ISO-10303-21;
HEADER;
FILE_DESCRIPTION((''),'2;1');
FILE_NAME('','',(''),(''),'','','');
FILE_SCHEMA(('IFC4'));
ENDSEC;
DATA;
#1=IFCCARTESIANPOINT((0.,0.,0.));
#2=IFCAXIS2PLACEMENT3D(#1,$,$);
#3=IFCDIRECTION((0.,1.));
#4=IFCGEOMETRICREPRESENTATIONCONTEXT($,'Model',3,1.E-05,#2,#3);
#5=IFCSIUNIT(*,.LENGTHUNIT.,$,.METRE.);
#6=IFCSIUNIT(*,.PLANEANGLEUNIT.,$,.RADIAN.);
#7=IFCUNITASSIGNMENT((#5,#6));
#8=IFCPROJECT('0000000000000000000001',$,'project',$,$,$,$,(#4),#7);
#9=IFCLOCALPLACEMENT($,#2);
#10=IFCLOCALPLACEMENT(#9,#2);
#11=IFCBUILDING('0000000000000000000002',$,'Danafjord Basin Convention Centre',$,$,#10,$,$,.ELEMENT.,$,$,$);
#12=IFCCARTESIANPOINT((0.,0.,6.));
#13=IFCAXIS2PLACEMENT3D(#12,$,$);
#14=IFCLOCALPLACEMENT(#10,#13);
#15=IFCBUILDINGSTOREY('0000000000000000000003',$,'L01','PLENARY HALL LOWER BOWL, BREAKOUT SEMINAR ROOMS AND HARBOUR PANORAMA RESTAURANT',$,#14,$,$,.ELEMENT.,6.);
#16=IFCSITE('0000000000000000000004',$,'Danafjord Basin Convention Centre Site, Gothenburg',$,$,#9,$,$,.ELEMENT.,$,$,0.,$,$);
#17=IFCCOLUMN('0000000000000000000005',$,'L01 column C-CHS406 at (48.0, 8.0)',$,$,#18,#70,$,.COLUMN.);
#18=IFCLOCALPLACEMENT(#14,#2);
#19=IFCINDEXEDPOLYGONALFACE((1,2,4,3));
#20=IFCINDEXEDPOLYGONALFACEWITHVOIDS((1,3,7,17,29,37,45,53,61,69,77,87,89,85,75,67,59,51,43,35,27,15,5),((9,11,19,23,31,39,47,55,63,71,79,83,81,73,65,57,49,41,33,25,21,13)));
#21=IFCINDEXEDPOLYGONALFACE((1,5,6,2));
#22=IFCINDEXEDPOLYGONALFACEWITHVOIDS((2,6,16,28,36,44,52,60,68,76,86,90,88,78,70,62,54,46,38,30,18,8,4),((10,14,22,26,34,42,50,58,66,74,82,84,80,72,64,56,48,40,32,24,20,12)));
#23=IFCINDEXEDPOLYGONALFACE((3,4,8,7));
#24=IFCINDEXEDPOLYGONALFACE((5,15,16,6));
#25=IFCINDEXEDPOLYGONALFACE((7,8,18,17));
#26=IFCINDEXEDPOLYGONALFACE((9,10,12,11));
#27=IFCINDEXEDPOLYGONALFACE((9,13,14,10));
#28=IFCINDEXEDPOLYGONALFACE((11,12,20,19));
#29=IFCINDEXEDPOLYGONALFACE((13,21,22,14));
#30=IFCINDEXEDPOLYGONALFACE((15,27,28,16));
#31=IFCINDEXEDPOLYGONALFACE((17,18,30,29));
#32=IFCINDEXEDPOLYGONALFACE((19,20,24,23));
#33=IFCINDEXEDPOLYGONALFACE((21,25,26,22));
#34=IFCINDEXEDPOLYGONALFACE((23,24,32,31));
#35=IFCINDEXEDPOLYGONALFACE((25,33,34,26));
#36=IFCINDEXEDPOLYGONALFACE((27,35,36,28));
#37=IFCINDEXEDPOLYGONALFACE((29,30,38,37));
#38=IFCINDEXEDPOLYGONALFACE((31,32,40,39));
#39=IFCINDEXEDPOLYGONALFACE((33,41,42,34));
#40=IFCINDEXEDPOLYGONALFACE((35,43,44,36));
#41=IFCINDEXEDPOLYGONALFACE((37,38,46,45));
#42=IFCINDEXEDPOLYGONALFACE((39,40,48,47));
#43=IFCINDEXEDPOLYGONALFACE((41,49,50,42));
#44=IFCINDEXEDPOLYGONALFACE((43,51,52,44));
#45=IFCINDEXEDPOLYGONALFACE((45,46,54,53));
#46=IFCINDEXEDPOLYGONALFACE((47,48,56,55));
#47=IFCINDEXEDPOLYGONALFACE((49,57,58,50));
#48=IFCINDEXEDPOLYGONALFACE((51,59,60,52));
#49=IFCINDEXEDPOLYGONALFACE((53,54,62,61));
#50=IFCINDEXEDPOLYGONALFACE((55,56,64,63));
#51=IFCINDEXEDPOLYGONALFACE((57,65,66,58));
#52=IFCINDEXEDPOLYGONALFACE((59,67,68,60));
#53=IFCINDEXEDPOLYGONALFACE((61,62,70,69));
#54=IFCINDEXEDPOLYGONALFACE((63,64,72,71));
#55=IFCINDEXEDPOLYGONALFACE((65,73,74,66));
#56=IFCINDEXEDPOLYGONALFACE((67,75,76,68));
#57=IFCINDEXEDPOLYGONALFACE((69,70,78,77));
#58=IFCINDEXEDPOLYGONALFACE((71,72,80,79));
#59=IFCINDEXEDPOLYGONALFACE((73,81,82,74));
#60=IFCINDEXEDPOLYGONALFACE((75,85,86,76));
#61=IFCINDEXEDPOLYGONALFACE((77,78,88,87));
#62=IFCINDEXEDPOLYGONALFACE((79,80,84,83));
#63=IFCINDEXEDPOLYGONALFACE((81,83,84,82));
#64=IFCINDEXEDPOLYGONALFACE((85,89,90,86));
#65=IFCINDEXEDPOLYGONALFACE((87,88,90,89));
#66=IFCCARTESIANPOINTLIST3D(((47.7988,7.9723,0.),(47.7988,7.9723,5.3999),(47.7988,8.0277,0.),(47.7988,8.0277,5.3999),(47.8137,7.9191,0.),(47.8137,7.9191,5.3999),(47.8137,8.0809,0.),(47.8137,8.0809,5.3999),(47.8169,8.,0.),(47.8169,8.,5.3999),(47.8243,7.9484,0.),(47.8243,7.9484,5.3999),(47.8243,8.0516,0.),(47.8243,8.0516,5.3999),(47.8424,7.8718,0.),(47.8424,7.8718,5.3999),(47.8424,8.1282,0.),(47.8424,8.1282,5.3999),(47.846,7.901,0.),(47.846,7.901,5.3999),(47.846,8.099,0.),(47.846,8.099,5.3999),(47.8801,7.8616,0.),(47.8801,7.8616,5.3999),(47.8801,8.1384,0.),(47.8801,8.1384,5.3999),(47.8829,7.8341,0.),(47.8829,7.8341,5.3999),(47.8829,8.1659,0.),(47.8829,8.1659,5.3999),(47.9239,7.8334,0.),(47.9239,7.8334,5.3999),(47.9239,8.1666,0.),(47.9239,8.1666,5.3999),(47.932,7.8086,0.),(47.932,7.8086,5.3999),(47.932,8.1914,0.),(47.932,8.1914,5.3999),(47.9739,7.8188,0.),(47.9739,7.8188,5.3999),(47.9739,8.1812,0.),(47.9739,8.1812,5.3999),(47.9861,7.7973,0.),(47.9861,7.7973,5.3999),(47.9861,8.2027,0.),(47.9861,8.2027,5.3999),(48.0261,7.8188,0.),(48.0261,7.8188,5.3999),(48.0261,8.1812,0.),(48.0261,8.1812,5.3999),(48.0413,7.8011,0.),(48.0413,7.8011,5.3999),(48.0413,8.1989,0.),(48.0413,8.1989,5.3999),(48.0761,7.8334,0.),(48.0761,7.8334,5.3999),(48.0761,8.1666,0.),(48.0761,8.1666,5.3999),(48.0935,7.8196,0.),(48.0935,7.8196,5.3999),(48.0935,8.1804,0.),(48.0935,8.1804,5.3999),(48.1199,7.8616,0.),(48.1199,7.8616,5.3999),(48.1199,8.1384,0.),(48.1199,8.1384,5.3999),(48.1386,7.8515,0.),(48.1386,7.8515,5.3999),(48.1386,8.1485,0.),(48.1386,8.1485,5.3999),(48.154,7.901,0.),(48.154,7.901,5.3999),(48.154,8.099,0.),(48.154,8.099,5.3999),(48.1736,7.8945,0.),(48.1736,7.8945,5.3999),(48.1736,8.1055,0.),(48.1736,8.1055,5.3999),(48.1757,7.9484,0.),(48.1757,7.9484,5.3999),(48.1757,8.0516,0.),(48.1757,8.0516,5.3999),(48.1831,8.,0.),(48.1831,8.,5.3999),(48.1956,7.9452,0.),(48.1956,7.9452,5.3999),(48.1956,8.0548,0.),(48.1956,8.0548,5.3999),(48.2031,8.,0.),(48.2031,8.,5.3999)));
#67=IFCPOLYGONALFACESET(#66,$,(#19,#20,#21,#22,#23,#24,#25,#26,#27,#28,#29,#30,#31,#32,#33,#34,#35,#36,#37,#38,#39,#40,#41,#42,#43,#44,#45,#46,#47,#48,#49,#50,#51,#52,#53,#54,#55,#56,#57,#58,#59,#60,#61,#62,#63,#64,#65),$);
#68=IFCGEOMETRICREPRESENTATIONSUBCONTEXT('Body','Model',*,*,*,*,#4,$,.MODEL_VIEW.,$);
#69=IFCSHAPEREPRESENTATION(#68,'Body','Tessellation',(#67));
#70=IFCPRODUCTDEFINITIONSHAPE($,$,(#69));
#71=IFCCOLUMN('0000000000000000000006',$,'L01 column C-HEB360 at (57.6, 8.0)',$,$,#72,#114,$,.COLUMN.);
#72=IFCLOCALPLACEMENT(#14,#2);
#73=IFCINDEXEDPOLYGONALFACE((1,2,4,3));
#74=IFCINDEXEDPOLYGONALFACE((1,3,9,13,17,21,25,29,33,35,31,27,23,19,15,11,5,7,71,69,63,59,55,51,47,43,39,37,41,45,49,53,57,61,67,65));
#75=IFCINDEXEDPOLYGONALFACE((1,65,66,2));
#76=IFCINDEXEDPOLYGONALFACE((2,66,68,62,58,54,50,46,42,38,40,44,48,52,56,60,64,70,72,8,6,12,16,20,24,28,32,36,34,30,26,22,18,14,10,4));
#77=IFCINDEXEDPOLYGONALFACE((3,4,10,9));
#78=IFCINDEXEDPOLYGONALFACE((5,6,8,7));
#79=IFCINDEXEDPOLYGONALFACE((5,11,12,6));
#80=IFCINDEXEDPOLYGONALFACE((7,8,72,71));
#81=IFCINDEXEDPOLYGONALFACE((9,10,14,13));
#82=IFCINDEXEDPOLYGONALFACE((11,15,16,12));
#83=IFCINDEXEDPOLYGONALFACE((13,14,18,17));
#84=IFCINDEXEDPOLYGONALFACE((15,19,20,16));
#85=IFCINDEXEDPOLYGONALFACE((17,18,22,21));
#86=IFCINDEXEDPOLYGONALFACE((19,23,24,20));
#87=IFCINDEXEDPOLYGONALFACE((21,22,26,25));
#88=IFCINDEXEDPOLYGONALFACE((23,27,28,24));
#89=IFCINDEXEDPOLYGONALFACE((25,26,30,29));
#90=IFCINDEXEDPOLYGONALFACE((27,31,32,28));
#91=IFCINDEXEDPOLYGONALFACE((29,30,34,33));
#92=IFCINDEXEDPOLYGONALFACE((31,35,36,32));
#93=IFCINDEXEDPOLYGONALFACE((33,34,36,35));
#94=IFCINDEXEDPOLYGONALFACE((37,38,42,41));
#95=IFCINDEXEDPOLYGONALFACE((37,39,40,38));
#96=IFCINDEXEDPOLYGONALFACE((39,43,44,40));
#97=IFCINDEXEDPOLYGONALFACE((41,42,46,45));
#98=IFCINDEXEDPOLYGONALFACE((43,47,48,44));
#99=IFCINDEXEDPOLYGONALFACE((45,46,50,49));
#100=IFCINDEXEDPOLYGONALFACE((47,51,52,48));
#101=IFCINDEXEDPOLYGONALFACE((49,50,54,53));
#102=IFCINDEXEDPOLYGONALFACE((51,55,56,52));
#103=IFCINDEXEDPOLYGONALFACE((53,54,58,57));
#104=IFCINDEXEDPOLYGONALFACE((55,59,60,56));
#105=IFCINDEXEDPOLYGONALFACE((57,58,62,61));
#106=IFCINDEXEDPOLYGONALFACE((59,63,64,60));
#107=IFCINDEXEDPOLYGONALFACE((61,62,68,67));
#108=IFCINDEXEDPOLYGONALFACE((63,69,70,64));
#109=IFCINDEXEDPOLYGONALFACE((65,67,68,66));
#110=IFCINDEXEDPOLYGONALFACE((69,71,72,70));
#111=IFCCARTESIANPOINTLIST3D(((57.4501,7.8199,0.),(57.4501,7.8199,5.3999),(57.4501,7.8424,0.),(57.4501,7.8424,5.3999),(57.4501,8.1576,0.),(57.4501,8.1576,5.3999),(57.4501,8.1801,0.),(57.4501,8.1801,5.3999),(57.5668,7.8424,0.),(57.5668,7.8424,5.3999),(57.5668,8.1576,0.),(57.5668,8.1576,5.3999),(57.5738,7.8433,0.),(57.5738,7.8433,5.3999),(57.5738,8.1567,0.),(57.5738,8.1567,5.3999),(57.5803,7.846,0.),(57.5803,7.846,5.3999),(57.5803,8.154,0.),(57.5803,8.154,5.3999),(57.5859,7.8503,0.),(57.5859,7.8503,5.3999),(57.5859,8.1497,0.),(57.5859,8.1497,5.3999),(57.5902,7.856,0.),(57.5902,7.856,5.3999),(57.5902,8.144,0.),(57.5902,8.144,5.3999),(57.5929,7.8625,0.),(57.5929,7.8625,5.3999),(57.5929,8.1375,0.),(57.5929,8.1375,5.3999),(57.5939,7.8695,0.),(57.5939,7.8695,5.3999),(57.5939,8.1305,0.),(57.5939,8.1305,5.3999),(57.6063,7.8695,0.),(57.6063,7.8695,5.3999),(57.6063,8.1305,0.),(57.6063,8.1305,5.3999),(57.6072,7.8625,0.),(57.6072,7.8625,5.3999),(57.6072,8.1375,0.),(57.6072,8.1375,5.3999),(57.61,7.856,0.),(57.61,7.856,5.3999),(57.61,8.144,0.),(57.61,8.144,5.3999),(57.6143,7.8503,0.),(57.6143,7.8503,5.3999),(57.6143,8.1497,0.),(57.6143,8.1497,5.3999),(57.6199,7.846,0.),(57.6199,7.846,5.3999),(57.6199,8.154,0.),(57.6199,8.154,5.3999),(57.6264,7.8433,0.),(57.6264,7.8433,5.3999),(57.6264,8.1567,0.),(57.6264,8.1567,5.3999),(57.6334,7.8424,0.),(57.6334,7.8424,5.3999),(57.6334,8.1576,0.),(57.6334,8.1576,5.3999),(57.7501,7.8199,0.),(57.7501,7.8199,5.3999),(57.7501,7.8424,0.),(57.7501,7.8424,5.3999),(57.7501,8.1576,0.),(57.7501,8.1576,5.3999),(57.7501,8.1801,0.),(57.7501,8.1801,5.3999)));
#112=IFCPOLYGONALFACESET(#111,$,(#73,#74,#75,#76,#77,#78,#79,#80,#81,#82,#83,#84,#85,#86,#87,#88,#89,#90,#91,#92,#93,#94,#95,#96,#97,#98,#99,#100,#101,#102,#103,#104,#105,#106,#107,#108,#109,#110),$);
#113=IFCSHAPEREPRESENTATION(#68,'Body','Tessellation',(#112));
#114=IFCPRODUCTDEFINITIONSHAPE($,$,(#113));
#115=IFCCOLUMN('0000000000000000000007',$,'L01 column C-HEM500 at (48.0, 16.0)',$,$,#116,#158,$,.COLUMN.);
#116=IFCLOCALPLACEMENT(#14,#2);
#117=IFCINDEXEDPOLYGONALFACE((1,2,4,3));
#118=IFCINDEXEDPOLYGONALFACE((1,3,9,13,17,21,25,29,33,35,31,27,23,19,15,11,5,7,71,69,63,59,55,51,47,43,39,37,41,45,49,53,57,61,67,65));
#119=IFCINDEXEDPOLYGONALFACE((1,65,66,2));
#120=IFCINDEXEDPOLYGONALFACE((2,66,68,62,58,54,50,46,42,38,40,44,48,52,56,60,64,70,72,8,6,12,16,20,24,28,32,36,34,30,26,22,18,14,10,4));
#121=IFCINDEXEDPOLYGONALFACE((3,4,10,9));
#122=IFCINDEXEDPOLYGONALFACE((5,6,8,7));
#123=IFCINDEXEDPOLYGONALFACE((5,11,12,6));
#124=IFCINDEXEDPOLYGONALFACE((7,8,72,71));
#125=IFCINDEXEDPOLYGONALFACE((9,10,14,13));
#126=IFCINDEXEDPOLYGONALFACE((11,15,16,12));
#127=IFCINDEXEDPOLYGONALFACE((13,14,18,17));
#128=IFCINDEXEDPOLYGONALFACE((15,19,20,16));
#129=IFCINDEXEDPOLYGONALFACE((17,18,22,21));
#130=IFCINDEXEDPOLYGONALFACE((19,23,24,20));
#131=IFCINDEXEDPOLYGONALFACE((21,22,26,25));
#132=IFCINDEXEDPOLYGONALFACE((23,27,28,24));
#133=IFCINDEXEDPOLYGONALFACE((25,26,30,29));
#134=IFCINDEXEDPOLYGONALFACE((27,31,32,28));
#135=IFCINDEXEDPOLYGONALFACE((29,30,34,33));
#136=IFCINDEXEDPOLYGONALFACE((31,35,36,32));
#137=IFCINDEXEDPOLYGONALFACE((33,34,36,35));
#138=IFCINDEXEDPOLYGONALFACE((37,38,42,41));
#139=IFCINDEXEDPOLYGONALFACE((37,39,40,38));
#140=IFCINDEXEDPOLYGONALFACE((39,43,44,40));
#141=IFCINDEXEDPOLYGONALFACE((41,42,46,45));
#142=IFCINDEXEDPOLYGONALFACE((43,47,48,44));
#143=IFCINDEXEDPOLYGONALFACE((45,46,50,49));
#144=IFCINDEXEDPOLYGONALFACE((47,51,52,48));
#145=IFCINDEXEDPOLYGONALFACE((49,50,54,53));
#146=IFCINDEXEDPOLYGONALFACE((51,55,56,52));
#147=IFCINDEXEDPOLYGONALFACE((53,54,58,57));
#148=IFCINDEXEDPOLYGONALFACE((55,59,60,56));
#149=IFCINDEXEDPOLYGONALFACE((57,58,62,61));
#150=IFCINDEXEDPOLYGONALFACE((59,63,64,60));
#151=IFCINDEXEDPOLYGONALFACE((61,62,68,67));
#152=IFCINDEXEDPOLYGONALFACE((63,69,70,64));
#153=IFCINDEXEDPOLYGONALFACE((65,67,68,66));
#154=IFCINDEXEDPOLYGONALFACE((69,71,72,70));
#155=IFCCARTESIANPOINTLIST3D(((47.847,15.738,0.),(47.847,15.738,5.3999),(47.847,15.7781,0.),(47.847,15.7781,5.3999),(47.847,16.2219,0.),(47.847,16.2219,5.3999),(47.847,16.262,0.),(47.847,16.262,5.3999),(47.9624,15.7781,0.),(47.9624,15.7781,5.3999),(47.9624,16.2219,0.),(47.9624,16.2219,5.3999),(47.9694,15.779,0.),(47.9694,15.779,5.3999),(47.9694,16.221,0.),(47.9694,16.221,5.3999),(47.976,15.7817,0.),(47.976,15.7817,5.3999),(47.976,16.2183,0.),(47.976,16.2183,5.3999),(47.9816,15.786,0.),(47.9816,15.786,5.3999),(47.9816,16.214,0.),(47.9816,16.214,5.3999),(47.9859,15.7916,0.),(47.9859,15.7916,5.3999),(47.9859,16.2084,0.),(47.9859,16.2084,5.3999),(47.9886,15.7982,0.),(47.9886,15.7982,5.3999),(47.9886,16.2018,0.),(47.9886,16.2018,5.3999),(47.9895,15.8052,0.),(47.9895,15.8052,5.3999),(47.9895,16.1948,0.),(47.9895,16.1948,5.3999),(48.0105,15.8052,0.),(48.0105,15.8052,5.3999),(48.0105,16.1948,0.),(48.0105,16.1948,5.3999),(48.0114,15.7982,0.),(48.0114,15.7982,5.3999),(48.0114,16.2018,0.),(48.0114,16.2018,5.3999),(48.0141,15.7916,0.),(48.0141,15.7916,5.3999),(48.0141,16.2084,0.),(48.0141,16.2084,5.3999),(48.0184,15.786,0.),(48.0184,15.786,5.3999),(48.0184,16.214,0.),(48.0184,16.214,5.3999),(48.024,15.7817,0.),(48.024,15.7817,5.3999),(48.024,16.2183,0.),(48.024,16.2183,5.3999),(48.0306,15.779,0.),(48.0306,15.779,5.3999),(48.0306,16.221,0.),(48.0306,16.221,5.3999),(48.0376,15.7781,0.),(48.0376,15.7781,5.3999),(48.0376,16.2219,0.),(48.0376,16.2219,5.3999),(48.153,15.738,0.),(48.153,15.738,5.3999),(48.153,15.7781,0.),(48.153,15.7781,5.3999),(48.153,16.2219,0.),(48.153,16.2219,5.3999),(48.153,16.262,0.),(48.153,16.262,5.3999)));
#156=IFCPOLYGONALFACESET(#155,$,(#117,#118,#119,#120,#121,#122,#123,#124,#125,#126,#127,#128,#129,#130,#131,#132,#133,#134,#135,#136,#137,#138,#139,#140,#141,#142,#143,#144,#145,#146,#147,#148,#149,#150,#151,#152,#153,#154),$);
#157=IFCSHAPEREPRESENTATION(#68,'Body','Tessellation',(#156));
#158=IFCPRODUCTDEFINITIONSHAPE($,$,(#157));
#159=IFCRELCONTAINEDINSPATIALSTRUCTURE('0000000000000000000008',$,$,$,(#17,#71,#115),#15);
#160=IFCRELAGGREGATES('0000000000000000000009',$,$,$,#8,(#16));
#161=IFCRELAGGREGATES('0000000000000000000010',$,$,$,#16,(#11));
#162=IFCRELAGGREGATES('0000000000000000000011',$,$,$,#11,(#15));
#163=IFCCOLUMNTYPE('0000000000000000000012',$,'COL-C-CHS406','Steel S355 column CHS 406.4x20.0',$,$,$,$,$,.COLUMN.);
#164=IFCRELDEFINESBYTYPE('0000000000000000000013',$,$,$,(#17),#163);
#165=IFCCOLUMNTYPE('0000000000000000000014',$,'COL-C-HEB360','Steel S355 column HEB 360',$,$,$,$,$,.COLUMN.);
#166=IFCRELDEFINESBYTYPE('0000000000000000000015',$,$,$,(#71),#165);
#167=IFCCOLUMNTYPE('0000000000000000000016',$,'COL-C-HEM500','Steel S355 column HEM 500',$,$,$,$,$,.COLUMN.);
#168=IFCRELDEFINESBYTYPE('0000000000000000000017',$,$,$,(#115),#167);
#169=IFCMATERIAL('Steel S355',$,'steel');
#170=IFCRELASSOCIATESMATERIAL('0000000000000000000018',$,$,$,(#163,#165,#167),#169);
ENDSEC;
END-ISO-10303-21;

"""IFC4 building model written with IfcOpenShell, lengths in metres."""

from ifc_helpers import new_model, si_unit, direction, frame, origin, origin_2d, place, context, subcontext, project, spatial, hollow_circle, i_section, extrude, material, material_profile, profile_set, type_object, element, save


model = new_model("IFC4")

# Units and contexts
model_context = context("Model", 3, precision=1e-05, world=origin(), true_north=direction((0.0, 1.0)))
body_context = subcontext(model_context, "Body", "Model", "MODEL_VIEW")
ifc_project = project(units=[si_unit("LENGTHUNIT", "METRE"), si_unit("PLANEANGLEUNIT", "RADIAN")], contexts=[model_context])

# Site, building, storey
site_placement = place(None, origin())
site = spatial("IfcSite", under=ifc_project, at=site_placement, Name="Danafjord Basin Convention Centre Site, Gothenburg", CompositionType="ELEMENT", RefElevation=0.0)
building_placement = place(site_placement, origin())
building = spatial("IfcBuilding", under=site, at=building_placement, Name="Danafjord Basin Convention Centre", CompositionType="ELEMENT")
storey_placement = place(building_placement, frame((0.0, 0.0, 6.0)))
storey = spatial("IfcBuildingStorey", under=building, at=storey_placement, Name="L01", Description="PLENARY HALL LOWER BOWL, BREAKOUT SEMINAR ROOMS AND HARBOUR PANORAMA RESTAURANT", CompositionType="ELEMENT", Elevation=6.0)

# Columns
ifc_material_1 = material(Name="Steel S355", Category="steel")
ifc_material_profile_1 = material_profile(ifc_material_1, hollow_circle(Radius=0.2031, WallThickness=0.02, at=origin_2d()), Name="CHS 406.4x20.0")
ifc_profile_set_1 = profile_set([ifc_material_profile_1], Name="Steel S355")
column_type_1 = type_object("IfcColumnType", Name="COL-C-CHS406", Description="Steel S355 column CHS 406.4x20.0", PredefinedType="COLUMN", material=ifc_profile_set_1)
column_1_placement = place(storey_placement, frame((48.0, 8.0, 0.0), z_axis=(0.0, 0.0, 1.0), x_axis=(1.0, 0.0, 0.0)))
element("IfcColumn", 1, at=column_1_placement, inside=storey, type_object=column_type_1, Name="L01 column C-CHS406 at (48.0, 8.0)", PredefinedType="COLUMN", context=body_context, shape_type="SweptSolid", body=[
    extrude(hollow_circle(Radius=0.2031, WallThickness=0.02, at=origin_2d()), origin(), (0.0, 0.0, 1.0), 5.3999),
])
ifc_material_profile_2 = material_profile(ifc_material_1, i_section(OverallWidth=0.3, OverallDepth=0.3601, WebThickness=0.0125, FlangeThickness=0.0225, FilletRadius=0.0271, at=origin_2d()), Name="HEB 360")
ifc_profile_set_2 = profile_set([ifc_material_profile_2], Name="Steel S355")
column_type_2 = type_object("IfcColumnType", Name="COL-C-HEB360", Description="Steel S355 column HEB 360", PredefinedType="COLUMN", material=ifc_profile_set_2)
column_2_placement = place(storey_placement, frame((57.6001, 8.0, 0.0), z_axis=(0.0, 0.0, 1.0), x_axis=(1.0, 0.0, 0.0)))
element("IfcColumn", 2, at=column_2_placement, inside=storey, type_object=column_type_2, Name="L01 column C-HEB360 at (57.6, 8.0)", PredefinedType="COLUMN", context=body_context, shape_type="SweptSolid", body=[
    extrude(i_section(OverallWidth=0.3, OverallDepth=0.3601, WebThickness=0.0125, FlangeThickness=0.0225, FilletRadius=0.0271, at=origin_2d()), origin(), (0.0, 0.0, 1.0), 5.3999),
])
ifc_material_profile_3 = material_profile(ifc_material_1, i_section(OverallWidth=0.3059, OverallDepth=0.5239, WebThickness=0.021, FlangeThickness=0.04, FilletRadius=0.0271, at=origin_2d()), Name="HEM 500")
ifc_profile_set_3 = profile_set([ifc_material_profile_3], Name="Steel S355")
column_type_3 = type_object("IfcColumnType", Name="COL-C-HEM500", Description="Steel S355 column HEM 500", PredefinedType="COLUMN", material=ifc_profile_set_3)
column_3_placement = place(storey_placement, frame((48.0, 16.0, 0.0), z_axis=(0.0, 0.0, 1.0), x_axis=(1.0, 0.0, 0.0)))
element("IfcColumn", 3, at=column_3_placement, inside=storey, type_object=column_type_3, Name="L01 column C-HEM500 at (48.0, 16.0)", PredefinedType="COLUMN", context=body_context, shape_type="SweptSolid", body=[
    extrude(i_section(OverallWidth=0.3059, OverallDepth=0.5239, WebThickness=0.021, FlangeThickness=0.04, FilletRadius=0.0271, at=origin_2d()), origin(), (0.0, 0.0, 1.0), 5.3999),
])

save(model, "model.ifc")
